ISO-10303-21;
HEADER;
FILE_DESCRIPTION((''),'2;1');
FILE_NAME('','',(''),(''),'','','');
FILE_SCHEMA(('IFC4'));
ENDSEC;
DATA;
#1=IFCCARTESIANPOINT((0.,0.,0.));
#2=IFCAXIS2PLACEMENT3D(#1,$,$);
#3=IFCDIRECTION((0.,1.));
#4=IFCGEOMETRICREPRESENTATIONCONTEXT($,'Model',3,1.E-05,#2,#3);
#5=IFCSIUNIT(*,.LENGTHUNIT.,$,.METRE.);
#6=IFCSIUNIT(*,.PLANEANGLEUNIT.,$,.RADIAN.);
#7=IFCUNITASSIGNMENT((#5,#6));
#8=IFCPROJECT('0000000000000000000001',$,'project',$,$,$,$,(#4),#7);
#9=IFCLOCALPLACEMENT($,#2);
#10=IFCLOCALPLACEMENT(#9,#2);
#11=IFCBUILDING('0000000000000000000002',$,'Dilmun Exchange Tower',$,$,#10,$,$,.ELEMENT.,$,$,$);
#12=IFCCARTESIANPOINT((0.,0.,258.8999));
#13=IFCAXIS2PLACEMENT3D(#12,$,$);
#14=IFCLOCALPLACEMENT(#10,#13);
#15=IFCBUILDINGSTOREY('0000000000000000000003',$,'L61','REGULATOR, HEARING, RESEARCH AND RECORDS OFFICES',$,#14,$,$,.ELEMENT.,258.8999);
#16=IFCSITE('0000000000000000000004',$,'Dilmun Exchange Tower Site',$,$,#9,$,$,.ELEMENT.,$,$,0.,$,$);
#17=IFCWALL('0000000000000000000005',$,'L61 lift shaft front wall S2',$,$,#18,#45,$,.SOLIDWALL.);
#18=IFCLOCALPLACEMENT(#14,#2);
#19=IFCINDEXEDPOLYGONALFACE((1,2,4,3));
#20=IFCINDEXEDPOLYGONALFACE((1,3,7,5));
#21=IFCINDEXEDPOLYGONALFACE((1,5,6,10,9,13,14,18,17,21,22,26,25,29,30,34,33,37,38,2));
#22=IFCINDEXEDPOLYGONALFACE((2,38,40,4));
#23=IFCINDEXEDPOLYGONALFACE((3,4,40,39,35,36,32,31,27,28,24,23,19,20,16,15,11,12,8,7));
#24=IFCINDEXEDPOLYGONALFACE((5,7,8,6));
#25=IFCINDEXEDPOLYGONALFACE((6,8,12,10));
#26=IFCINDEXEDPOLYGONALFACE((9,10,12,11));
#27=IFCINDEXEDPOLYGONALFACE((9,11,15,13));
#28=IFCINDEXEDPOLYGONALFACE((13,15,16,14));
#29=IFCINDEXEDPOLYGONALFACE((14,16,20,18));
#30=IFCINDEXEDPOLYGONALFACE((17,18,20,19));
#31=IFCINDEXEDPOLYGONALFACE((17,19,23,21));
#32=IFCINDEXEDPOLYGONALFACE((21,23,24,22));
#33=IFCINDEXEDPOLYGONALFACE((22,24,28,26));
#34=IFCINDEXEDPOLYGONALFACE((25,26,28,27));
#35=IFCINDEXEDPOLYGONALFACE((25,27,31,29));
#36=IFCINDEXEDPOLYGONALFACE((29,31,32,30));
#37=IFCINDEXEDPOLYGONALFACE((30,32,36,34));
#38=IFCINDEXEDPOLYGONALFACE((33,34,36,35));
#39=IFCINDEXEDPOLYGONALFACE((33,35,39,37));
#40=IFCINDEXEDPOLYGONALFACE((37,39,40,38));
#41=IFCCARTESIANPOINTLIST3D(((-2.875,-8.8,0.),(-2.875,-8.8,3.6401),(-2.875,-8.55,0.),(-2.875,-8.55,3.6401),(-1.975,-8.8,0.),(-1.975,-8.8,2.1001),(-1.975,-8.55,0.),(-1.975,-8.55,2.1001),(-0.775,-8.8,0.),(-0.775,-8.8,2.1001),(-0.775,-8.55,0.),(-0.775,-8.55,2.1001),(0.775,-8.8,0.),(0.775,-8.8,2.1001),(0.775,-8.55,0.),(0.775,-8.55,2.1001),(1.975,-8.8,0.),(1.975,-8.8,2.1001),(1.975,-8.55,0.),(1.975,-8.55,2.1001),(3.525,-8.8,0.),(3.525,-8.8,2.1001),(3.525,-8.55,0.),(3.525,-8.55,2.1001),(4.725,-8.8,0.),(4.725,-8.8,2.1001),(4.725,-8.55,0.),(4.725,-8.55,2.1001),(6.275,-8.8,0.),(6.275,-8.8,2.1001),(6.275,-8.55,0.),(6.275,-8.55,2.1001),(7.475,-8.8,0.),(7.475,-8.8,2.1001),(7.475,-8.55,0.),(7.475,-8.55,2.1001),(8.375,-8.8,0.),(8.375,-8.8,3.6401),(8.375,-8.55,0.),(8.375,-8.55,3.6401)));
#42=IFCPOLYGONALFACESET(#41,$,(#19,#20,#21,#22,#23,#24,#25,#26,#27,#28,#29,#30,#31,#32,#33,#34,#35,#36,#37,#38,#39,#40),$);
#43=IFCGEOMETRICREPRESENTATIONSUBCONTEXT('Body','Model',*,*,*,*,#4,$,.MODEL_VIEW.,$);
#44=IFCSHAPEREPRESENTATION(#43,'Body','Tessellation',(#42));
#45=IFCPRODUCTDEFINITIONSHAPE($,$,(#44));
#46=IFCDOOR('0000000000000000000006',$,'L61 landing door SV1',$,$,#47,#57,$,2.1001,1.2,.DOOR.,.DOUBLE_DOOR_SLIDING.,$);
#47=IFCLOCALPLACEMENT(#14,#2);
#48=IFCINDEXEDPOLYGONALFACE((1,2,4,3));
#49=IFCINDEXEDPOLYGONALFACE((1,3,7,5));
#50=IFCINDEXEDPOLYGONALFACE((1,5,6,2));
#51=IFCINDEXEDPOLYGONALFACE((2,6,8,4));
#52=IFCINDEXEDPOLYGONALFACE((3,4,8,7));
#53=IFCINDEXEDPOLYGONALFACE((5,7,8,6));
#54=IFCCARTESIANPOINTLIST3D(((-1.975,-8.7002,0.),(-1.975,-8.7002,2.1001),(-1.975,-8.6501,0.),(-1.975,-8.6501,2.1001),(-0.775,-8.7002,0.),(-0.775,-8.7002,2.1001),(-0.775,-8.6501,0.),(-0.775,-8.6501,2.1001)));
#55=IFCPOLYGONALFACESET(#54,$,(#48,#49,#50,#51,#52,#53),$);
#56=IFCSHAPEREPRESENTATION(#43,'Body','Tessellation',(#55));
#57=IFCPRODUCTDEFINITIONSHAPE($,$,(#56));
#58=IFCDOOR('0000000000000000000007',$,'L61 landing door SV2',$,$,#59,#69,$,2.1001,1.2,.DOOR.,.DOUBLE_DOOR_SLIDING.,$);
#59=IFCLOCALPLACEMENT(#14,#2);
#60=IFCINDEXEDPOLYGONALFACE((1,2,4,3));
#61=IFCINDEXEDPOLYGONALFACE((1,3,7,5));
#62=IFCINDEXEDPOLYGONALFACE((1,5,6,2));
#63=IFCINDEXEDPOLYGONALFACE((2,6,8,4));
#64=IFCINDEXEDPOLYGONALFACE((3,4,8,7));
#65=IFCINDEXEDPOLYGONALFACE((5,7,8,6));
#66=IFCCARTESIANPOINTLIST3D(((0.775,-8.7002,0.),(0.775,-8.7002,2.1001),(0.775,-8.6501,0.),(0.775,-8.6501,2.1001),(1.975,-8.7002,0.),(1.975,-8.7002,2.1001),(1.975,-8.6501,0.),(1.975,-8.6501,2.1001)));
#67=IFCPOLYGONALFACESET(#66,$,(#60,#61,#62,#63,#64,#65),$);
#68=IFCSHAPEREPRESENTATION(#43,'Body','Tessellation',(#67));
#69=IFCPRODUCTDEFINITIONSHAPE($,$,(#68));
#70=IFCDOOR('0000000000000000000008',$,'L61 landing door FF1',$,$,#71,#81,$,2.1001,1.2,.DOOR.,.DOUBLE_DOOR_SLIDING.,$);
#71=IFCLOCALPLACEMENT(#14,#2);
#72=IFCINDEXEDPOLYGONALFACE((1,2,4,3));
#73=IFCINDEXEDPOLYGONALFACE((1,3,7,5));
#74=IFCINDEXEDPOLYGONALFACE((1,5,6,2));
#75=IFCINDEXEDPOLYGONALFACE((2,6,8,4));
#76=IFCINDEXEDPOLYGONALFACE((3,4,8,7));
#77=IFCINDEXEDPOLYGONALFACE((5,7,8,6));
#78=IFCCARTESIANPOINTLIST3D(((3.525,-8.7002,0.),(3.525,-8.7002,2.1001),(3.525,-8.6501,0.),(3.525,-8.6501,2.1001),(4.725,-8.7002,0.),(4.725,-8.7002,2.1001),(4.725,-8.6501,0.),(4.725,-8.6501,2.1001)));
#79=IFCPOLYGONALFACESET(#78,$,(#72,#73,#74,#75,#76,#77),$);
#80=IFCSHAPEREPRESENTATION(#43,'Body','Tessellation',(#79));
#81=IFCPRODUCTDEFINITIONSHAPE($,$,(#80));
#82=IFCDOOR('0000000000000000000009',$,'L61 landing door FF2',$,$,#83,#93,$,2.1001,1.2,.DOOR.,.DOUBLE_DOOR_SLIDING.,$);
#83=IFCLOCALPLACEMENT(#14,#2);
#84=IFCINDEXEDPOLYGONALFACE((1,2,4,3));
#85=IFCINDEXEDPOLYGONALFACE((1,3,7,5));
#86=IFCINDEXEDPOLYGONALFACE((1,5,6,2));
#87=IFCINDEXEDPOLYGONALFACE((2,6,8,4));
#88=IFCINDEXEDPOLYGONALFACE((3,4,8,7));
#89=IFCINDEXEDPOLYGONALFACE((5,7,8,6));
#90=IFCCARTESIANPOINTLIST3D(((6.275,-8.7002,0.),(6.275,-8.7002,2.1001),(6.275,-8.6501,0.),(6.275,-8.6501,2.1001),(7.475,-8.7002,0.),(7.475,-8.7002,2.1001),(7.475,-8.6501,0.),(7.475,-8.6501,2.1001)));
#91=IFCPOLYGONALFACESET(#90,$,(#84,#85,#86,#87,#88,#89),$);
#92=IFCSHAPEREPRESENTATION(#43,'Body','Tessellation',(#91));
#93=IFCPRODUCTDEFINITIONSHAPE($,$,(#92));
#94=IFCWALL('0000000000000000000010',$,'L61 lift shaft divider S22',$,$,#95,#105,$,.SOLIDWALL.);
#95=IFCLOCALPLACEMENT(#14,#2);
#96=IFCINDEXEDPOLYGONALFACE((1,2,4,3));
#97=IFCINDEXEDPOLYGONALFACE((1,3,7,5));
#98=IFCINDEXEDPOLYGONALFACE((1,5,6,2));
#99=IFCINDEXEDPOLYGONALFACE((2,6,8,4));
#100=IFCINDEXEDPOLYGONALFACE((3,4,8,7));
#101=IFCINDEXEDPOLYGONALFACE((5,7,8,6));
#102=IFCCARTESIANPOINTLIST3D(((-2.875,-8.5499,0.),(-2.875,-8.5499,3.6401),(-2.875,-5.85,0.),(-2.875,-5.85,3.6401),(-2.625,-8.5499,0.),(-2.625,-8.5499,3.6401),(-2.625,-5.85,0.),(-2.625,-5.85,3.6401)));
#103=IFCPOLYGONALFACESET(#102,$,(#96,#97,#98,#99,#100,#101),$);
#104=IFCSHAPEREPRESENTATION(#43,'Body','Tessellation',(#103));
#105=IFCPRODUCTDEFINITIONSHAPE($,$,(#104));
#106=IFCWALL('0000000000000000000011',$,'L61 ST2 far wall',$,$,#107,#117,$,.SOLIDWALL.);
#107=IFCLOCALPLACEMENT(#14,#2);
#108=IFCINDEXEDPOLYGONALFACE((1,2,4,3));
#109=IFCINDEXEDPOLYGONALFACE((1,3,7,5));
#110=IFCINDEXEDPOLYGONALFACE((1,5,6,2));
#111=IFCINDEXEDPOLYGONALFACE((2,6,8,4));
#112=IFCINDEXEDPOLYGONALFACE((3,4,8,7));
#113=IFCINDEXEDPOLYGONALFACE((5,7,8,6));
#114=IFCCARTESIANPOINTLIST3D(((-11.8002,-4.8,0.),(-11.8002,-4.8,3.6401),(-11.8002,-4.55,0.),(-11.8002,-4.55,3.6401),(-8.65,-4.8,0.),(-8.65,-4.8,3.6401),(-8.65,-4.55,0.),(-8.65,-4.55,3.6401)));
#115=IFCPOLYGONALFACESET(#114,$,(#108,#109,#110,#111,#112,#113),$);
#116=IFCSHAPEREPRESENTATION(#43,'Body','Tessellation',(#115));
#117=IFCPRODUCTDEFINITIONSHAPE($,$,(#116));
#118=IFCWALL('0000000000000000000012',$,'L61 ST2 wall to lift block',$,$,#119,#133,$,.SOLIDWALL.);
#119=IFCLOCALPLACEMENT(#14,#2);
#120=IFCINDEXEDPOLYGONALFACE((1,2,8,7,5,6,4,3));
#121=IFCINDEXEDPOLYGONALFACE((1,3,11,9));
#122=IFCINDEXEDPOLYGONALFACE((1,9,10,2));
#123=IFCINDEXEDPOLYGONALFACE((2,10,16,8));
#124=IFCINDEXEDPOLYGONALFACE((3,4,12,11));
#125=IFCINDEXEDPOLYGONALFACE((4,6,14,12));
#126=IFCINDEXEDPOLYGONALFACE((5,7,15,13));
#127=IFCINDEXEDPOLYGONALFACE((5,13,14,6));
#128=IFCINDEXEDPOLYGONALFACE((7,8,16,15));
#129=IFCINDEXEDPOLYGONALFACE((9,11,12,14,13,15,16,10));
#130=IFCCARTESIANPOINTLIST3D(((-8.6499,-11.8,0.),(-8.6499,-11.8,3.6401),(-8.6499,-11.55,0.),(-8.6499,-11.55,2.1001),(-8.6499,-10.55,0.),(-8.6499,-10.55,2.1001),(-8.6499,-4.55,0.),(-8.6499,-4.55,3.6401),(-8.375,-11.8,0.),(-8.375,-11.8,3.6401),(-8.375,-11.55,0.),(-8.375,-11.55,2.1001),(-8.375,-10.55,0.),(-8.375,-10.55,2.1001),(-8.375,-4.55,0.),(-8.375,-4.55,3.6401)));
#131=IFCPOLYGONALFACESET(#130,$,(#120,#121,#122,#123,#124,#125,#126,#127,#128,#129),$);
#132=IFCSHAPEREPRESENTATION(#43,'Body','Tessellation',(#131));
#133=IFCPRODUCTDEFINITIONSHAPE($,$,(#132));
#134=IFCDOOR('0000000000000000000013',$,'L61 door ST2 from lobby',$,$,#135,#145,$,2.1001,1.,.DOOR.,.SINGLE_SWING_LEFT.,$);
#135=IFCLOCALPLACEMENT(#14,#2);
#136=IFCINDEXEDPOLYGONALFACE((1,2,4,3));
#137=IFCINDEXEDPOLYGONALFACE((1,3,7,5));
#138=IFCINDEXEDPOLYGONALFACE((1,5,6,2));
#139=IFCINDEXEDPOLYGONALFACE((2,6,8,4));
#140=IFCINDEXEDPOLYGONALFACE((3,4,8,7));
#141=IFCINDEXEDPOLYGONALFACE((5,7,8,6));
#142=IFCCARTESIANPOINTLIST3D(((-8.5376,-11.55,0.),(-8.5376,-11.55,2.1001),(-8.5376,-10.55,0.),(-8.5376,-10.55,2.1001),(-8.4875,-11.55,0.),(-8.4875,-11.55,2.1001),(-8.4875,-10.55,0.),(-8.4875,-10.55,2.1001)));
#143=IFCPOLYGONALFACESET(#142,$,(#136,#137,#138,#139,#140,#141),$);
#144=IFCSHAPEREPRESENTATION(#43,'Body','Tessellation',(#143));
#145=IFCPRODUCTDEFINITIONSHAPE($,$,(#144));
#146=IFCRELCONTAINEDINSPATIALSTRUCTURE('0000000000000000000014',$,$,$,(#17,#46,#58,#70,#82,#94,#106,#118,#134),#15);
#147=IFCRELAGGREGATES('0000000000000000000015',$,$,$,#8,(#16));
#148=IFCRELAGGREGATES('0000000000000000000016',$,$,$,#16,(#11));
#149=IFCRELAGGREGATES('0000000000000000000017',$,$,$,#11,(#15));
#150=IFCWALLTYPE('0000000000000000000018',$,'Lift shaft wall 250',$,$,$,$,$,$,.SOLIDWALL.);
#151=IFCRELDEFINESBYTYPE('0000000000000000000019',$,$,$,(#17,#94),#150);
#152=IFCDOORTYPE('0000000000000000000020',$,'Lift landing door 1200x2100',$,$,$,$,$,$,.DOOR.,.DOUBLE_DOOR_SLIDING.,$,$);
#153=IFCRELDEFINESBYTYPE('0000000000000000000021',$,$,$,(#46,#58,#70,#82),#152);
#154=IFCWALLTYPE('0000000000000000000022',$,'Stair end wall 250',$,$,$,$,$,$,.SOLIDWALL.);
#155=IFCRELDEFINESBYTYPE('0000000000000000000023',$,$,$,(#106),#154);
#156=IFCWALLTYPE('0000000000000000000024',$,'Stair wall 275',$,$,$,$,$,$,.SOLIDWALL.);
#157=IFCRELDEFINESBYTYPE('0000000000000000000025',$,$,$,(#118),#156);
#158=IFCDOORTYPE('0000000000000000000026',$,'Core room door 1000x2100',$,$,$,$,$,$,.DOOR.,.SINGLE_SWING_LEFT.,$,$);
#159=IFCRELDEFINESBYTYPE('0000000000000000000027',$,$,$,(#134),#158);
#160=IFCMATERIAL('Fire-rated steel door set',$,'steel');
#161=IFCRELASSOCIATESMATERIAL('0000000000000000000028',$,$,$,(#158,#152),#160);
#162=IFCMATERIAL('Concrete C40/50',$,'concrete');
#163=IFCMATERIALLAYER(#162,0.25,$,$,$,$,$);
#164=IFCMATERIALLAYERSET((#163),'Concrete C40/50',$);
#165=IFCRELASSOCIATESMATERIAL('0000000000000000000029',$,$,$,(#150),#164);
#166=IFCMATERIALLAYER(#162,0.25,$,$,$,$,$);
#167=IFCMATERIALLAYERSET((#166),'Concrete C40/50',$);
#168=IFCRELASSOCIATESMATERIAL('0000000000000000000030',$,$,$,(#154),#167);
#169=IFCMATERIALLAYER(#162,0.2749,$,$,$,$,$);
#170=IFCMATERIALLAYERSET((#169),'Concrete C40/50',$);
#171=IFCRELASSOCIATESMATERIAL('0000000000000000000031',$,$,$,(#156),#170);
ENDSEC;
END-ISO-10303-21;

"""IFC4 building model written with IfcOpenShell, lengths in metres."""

from ifc_helpers import new_model, si_unit, direction, frame, frame_2d, origin, place, context, subcontext, project, spatial, rectangle, extrude, material, layer, layer_set, type_object, element, fill, save


model = new_model("IFC4")

# Units and contexts
model_context = context("Model", 3, precision=1e-05, world=origin(), true_north=direction((0.0, 1.0)))
body_context = subcontext(model_context, "Body", "Model", "MODEL_VIEW")
ifc_project = project(units=[si_unit("LENGTHUNIT", "METRE"), si_unit("PLANEANGLEUNIT", "RADIAN")], contexts=[model_context])

# Site, building, storey
site_placement = place(None, origin())
site = spatial("IfcSite", under=ifc_project, at=site_placement, Name="Dilmun Exchange Tower Site", CompositionType="ELEMENT", RefElevation=0.0)
building_placement = place(site_placement, origin())
building = spatial("IfcBuilding", under=site, at=building_placement, Name="Dilmun Exchange Tower", CompositionType="ELEMENT")
storey_placement = place(building_placement, frame((0.0, 0.0, 258.8999)))
storey = spatial("IfcBuildingStorey", under=building, at=storey_placement, Name="L61", Description="REGULATOR, HEARING, RESEARCH AND RECORDS OFFICES", CompositionType="ELEMENT", Elevation=258.8999)

# Shared definitions
ifc_material_1 = material(Name="Concrete C40/50", Category="concrete")

# Shared definitions
ifc_material_2 = material(Name="Fire-rated steel door set", Category="steel")
door_type_1 = type_object("IfcDoorType", Name="Core room door 1000x2100", OperationType="SINGLE_SWING_LEFT", PredefinedType="DOOR", material=ifc_material_2)

# Wall, openings, doors
ifc_layer_1 = layer(ifc_material_1, 0.25)
ifc_layer_set_1 = layer_set([ifc_layer_1], Name="Concrete C40/50")
wall_type_1 = type_object("IfcWallType", Name="Lift shaft wall 250", PredefinedType="SOLIDWALL", material=ifc_layer_set_1)
wall_1_placement = place(storey_placement, frame((-2.875, -8.675, 0.0), z_axis=(0.0, 0.0, 1.0), x_axis=(1.0, 0.0, 0.0)))
wall_1 = element("IfcWall", 1, at=wall_1_placement, inside=storey, type_object=wall_type_1, Name="L61 lift shaft front wall S2", PredefinedType="SOLIDWALL", context=body_context, shape_type="SweptSolid", body=[
    extrude(rectangle(XDim=11.25, YDim=0.25, at=frame_2d((5.625, 0.0))), origin(), (0.0, 0.0, 1.0), 3.6401),
])
opening_1_placement = place(wall_1_placement, frame((0.8999, 0.0, 0.0)))
opening_1 = element("IfcOpeningElement", 2, at=opening_1_placement, cuts=wall_1, PredefinedType="OPENING", context=body_context, shape_type="SweptSolid", body=[
    extrude(rectangle(XDim=1.2, YDim=2.1001, at=frame_2d((0.6001, 1.05))), frame((0.0, 0.135, 0.0), z_axis=(0.0, -1.0, 0.0), x_axis=(1.0, 0.0, 0.0)), (0.0, 0.0, 1.0), 0.27),
])
opening_2_placement = place(wall_1_placement, frame((3.6499, 0.0, 0.0)))
opening_2 = element("IfcOpeningElement", 3, at=opening_2_placement, cuts=wall_1, PredefinedType="OPENING", context=body_context, shape_type="SweptSolid", body=[
    extrude(rectangle(XDim=1.2, YDim=2.1001, at=frame_2d((0.6001, 1.05))), frame((0.0, 0.135, 0.0), z_axis=(0.0, -1.0, 0.0), x_axis=(1.0, 0.0, 0.0)), (0.0, 0.0, 1.0), 0.27),
])
opening_3_placement = place(wall_1_placement, frame((6.3999, 0.0, 0.0)))
opening_3 = element("IfcOpeningElement", 4, at=opening_3_placement, cuts=wall_1, PredefinedType="OPENING", context=body_context, shape_type="SweptSolid", body=[
    extrude(rectangle(XDim=1.2, YDim=2.1001, at=frame_2d((0.6001, 1.05))), frame((0.0, 0.135, 0.0), z_axis=(0.0, -1.0, 0.0), x_axis=(1.0, 0.0, 0.0)), (0.0, 0.0, 1.0), 0.27),
])
opening_4_placement = place(wall_1_placement, frame((9.1499, 0.0, 0.0)))
opening_4 = element("IfcOpeningElement", 5, at=opening_4_placement, cuts=wall_1, PredefinedType="OPENING", context=body_context, shape_type="SweptSolid", body=[
    extrude(rectangle(XDim=1.2, YDim=2.1001, at=frame_2d((0.6001, 1.05))), frame((0.0, 0.135, 0.0), z_axis=(0.0, -1.0, 0.0), x_axis=(1.0, 0.0, 0.0)), (0.0, 0.0, 1.0), 0.27),
])
door_type_2 = type_object("IfcDoorType", Name="Lift landing door 1200x2100", OperationType="DOUBLE_DOOR_SLIDING", PredefinedType="DOOR", material=ifc_material_2)
door_1_placement = place(opening_1_placement, origin())
door_1 = element("IfcDoor", 6, at=door_1_placement, inside=storey, type_object=door_type_2, Name="L61 landing door SV1", OperationType="DOUBLE_DOOR_SLIDING", OverallHeight=2.1001, OverallWidth=1.2, PredefinedType="DOOR", context=body_context, shape_type="SweptSolid", body=[
    extrude(rectangle(XDim=1.2, YDim=2.1001, at=frame_2d((0.6001, 1.05))), frame((0.0, 0.0249, 0.0), z_axis=(0.0, -1.0, 0.0), x_axis=(1.0, 0.0, 0.0)), (0.0, 0.0, 1.0), 0.05),
])
fill(opening_1, door_1)
door_2_placement = place(opening_2_placement, origin())
door_2 = element("IfcDoor", 7, at=door_2_placement, inside=storey, type_object=door_type_2, Name="L61 landing door SV2", OperationType="DOUBLE_DOOR_SLIDING", OverallHeight=2.1001, OverallWidth=1.2, PredefinedType="DOOR", context=body_context, shape_type="SweptSolid", body=[
    extrude(rectangle(XDim=1.2, YDim=2.1001, at=frame_2d((0.6001, 1.05))), frame((0.0, 0.0249, 0.0), z_axis=(0.0, -1.0, 0.0), x_axis=(1.0, 0.0, 0.0)), (0.0, 0.0, 1.0), 0.05),
])
fill(opening_2, door_2)
door_3_placement = place(opening_3_placement, origin())
door_3 = element("IfcDoor", 8, at=door_3_placement, inside=storey, type_object=door_type_2, Name="L61 landing door FF1", OperationType="DOUBLE_DOOR_SLIDING", OverallHeight=2.1001, OverallWidth=1.2, PredefinedType="DOOR", context=body_context, shape_type="SweptSolid", body=[
    extrude(rectangle(XDim=1.2, YDim=2.1001, at=frame_2d((0.6001, 1.05))), frame((0.0, 0.0249, 0.0), z_axis=(0.0, -1.0, 0.0), x_axis=(1.0, 0.0, 0.0)), (0.0, 0.0, 1.0), 0.05),
])
fill(opening_3, door_3)
door_4_placement = place(opening_4_placement, origin())
door_4 = element("IfcDoor", 9, at=door_4_placement, inside=storey, type_object=door_type_2, Name="L61 landing door FF2", OperationType="DOUBLE_DOOR_SLIDING", OverallHeight=2.1001, OverallWidth=1.2, PredefinedType="DOOR", context=body_context, shape_type="SweptSolid", body=[
    extrude(rectangle(XDim=1.2, YDim=2.1001, at=frame_2d((0.6001, 1.05))), frame((0.0, 0.0249, 0.0), z_axis=(0.0, -1.0, 0.0), x_axis=(1.0, 0.0, 0.0)), (0.0, 0.0, 1.0), 0.05),
])
fill(opening_4, door_4)

# Walls
wall_2_placement = place(storey_placement, frame((-2.75, -8.55, 0.0), z_axis=(0.0, 0.0, 1.0), x_axis=(0.0, 1.0, 0.0)))
element("IfcWall", 10, at=wall_2_placement, inside=storey, type_object=wall_type_1, Name="L61 lift shaft divider S22", PredefinedType="SOLIDWALL", context=body_context, shape_type="SweptSolid", body=[
    extrude(rectangle(XDim=2.7, YDim=0.25, at=frame_2d((1.3501, 0.0))), origin(), (0.0, 0.0, 1.0), 3.6401),
])
ifc_layer_2 = layer(ifc_material_1, 0.25)
ifc_layer_set_2 = layer_set([ifc_layer_2], Name="Concrete C40/50")
wall_type_2 = type_object("IfcWallType", Name="Stair end wall 250", PredefinedType="SOLIDWALL", material=ifc_layer_set_2)
wall_3_placement = place(storey_placement, frame((-8.6499, -4.675, 0.0), z_axis=(0.0, 0.0, 1.0), x_axis=(-1.0, 0.0, 0.0)))
element("IfcWall", 11, at=wall_3_placement, inside=storey, type_object=wall_type_2, Name="L61 ST2 far wall", PredefinedType="SOLIDWALL", context=body_context, shape_type="SweptSolid", body=[
    extrude(rectangle(XDim=3.1501, YDim=0.25, at=frame_2d((1.5752, 0.0))), origin(), (0.0, 0.0, 1.0), 3.6401),
])

# Wall, opening, door
ifc_layer_3 = layer(ifc_material_1, 0.2749)
ifc_layer_set_3 = layer_set([ifc_layer_3], Name="Concrete C40/50")
wall_type_3 = type_object("IfcWallType", Name="Stair wall 275", PredefinedType="SOLIDWALL", material=ifc_layer_set_3)
wall_4_placement = place(storey_placement, frame((-8.5125, -4.55, 0.0), z_axis=(0.0, 0.0, 1.0), x_axis=(0.0, -1.0, 0.0)))
wall_4 = element("IfcWall", 12, at=wall_4_placement, inside=storey, type_object=wall_type_3, Name="L61 ST2 wall to lift block", PredefinedType="SOLIDWALL", context=body_context, shape_type="SweptSolid", body=[
    extrude(rectangle(XDim=7.25, YDim=0.2749, at=frame_2d((3.625, 0.0))), origin(), (0.0, 0.0, 1.0), 3.6401),
])
opening_5_placement = place(wall_4_placement, frame((6.0, 0.0, 0.0)))
opening_5 = element("IfcOpeningElement", 13, at=opening_5_placement, cuts=wall_4, PredefinedType="OPENING", context=body_context, shape_type="SweptSolid", body=[
    extrude(rectangle(XDim=1.0, YDim=2.1001, at=frame_2d((0.5, 1.05))), frame((0.0, 0.1475, 0.0), z_axis=(0.0, -1.0, 0.0), x_axis=(1.0, 0.0, 0.0)), (0.0, 0.0, 1.0), 0.2949),
])
door_5_placement = place(opening_5_placement, origin())
door_5 = element("IfcDoor", 14, at=door_5_placement, inside=storey, type_object=door_type_1, Name="L61 door ST2 from lobby", OperationType="SINGLE_SWING_LEFT", OverallHeight=2.1001, OverallWidth=1.0, PredefinedType="DOOR", context=body_context, shape_type="SweptSolid", body=[
    extrude(rectangle(XDim=1.0, YDim=2.1001, at=frame_2d((0.5, 1.05))), frame((0.0, 0.0249, 0.0), z_axis=(0.0, -1.0, 0.0), x_axis=(1.0, 0.0, 0.0)), (0.0, 0.0, 1.0), 0.05),
])
fill(opening_5, door_5)

save(model, "model.ifc")
